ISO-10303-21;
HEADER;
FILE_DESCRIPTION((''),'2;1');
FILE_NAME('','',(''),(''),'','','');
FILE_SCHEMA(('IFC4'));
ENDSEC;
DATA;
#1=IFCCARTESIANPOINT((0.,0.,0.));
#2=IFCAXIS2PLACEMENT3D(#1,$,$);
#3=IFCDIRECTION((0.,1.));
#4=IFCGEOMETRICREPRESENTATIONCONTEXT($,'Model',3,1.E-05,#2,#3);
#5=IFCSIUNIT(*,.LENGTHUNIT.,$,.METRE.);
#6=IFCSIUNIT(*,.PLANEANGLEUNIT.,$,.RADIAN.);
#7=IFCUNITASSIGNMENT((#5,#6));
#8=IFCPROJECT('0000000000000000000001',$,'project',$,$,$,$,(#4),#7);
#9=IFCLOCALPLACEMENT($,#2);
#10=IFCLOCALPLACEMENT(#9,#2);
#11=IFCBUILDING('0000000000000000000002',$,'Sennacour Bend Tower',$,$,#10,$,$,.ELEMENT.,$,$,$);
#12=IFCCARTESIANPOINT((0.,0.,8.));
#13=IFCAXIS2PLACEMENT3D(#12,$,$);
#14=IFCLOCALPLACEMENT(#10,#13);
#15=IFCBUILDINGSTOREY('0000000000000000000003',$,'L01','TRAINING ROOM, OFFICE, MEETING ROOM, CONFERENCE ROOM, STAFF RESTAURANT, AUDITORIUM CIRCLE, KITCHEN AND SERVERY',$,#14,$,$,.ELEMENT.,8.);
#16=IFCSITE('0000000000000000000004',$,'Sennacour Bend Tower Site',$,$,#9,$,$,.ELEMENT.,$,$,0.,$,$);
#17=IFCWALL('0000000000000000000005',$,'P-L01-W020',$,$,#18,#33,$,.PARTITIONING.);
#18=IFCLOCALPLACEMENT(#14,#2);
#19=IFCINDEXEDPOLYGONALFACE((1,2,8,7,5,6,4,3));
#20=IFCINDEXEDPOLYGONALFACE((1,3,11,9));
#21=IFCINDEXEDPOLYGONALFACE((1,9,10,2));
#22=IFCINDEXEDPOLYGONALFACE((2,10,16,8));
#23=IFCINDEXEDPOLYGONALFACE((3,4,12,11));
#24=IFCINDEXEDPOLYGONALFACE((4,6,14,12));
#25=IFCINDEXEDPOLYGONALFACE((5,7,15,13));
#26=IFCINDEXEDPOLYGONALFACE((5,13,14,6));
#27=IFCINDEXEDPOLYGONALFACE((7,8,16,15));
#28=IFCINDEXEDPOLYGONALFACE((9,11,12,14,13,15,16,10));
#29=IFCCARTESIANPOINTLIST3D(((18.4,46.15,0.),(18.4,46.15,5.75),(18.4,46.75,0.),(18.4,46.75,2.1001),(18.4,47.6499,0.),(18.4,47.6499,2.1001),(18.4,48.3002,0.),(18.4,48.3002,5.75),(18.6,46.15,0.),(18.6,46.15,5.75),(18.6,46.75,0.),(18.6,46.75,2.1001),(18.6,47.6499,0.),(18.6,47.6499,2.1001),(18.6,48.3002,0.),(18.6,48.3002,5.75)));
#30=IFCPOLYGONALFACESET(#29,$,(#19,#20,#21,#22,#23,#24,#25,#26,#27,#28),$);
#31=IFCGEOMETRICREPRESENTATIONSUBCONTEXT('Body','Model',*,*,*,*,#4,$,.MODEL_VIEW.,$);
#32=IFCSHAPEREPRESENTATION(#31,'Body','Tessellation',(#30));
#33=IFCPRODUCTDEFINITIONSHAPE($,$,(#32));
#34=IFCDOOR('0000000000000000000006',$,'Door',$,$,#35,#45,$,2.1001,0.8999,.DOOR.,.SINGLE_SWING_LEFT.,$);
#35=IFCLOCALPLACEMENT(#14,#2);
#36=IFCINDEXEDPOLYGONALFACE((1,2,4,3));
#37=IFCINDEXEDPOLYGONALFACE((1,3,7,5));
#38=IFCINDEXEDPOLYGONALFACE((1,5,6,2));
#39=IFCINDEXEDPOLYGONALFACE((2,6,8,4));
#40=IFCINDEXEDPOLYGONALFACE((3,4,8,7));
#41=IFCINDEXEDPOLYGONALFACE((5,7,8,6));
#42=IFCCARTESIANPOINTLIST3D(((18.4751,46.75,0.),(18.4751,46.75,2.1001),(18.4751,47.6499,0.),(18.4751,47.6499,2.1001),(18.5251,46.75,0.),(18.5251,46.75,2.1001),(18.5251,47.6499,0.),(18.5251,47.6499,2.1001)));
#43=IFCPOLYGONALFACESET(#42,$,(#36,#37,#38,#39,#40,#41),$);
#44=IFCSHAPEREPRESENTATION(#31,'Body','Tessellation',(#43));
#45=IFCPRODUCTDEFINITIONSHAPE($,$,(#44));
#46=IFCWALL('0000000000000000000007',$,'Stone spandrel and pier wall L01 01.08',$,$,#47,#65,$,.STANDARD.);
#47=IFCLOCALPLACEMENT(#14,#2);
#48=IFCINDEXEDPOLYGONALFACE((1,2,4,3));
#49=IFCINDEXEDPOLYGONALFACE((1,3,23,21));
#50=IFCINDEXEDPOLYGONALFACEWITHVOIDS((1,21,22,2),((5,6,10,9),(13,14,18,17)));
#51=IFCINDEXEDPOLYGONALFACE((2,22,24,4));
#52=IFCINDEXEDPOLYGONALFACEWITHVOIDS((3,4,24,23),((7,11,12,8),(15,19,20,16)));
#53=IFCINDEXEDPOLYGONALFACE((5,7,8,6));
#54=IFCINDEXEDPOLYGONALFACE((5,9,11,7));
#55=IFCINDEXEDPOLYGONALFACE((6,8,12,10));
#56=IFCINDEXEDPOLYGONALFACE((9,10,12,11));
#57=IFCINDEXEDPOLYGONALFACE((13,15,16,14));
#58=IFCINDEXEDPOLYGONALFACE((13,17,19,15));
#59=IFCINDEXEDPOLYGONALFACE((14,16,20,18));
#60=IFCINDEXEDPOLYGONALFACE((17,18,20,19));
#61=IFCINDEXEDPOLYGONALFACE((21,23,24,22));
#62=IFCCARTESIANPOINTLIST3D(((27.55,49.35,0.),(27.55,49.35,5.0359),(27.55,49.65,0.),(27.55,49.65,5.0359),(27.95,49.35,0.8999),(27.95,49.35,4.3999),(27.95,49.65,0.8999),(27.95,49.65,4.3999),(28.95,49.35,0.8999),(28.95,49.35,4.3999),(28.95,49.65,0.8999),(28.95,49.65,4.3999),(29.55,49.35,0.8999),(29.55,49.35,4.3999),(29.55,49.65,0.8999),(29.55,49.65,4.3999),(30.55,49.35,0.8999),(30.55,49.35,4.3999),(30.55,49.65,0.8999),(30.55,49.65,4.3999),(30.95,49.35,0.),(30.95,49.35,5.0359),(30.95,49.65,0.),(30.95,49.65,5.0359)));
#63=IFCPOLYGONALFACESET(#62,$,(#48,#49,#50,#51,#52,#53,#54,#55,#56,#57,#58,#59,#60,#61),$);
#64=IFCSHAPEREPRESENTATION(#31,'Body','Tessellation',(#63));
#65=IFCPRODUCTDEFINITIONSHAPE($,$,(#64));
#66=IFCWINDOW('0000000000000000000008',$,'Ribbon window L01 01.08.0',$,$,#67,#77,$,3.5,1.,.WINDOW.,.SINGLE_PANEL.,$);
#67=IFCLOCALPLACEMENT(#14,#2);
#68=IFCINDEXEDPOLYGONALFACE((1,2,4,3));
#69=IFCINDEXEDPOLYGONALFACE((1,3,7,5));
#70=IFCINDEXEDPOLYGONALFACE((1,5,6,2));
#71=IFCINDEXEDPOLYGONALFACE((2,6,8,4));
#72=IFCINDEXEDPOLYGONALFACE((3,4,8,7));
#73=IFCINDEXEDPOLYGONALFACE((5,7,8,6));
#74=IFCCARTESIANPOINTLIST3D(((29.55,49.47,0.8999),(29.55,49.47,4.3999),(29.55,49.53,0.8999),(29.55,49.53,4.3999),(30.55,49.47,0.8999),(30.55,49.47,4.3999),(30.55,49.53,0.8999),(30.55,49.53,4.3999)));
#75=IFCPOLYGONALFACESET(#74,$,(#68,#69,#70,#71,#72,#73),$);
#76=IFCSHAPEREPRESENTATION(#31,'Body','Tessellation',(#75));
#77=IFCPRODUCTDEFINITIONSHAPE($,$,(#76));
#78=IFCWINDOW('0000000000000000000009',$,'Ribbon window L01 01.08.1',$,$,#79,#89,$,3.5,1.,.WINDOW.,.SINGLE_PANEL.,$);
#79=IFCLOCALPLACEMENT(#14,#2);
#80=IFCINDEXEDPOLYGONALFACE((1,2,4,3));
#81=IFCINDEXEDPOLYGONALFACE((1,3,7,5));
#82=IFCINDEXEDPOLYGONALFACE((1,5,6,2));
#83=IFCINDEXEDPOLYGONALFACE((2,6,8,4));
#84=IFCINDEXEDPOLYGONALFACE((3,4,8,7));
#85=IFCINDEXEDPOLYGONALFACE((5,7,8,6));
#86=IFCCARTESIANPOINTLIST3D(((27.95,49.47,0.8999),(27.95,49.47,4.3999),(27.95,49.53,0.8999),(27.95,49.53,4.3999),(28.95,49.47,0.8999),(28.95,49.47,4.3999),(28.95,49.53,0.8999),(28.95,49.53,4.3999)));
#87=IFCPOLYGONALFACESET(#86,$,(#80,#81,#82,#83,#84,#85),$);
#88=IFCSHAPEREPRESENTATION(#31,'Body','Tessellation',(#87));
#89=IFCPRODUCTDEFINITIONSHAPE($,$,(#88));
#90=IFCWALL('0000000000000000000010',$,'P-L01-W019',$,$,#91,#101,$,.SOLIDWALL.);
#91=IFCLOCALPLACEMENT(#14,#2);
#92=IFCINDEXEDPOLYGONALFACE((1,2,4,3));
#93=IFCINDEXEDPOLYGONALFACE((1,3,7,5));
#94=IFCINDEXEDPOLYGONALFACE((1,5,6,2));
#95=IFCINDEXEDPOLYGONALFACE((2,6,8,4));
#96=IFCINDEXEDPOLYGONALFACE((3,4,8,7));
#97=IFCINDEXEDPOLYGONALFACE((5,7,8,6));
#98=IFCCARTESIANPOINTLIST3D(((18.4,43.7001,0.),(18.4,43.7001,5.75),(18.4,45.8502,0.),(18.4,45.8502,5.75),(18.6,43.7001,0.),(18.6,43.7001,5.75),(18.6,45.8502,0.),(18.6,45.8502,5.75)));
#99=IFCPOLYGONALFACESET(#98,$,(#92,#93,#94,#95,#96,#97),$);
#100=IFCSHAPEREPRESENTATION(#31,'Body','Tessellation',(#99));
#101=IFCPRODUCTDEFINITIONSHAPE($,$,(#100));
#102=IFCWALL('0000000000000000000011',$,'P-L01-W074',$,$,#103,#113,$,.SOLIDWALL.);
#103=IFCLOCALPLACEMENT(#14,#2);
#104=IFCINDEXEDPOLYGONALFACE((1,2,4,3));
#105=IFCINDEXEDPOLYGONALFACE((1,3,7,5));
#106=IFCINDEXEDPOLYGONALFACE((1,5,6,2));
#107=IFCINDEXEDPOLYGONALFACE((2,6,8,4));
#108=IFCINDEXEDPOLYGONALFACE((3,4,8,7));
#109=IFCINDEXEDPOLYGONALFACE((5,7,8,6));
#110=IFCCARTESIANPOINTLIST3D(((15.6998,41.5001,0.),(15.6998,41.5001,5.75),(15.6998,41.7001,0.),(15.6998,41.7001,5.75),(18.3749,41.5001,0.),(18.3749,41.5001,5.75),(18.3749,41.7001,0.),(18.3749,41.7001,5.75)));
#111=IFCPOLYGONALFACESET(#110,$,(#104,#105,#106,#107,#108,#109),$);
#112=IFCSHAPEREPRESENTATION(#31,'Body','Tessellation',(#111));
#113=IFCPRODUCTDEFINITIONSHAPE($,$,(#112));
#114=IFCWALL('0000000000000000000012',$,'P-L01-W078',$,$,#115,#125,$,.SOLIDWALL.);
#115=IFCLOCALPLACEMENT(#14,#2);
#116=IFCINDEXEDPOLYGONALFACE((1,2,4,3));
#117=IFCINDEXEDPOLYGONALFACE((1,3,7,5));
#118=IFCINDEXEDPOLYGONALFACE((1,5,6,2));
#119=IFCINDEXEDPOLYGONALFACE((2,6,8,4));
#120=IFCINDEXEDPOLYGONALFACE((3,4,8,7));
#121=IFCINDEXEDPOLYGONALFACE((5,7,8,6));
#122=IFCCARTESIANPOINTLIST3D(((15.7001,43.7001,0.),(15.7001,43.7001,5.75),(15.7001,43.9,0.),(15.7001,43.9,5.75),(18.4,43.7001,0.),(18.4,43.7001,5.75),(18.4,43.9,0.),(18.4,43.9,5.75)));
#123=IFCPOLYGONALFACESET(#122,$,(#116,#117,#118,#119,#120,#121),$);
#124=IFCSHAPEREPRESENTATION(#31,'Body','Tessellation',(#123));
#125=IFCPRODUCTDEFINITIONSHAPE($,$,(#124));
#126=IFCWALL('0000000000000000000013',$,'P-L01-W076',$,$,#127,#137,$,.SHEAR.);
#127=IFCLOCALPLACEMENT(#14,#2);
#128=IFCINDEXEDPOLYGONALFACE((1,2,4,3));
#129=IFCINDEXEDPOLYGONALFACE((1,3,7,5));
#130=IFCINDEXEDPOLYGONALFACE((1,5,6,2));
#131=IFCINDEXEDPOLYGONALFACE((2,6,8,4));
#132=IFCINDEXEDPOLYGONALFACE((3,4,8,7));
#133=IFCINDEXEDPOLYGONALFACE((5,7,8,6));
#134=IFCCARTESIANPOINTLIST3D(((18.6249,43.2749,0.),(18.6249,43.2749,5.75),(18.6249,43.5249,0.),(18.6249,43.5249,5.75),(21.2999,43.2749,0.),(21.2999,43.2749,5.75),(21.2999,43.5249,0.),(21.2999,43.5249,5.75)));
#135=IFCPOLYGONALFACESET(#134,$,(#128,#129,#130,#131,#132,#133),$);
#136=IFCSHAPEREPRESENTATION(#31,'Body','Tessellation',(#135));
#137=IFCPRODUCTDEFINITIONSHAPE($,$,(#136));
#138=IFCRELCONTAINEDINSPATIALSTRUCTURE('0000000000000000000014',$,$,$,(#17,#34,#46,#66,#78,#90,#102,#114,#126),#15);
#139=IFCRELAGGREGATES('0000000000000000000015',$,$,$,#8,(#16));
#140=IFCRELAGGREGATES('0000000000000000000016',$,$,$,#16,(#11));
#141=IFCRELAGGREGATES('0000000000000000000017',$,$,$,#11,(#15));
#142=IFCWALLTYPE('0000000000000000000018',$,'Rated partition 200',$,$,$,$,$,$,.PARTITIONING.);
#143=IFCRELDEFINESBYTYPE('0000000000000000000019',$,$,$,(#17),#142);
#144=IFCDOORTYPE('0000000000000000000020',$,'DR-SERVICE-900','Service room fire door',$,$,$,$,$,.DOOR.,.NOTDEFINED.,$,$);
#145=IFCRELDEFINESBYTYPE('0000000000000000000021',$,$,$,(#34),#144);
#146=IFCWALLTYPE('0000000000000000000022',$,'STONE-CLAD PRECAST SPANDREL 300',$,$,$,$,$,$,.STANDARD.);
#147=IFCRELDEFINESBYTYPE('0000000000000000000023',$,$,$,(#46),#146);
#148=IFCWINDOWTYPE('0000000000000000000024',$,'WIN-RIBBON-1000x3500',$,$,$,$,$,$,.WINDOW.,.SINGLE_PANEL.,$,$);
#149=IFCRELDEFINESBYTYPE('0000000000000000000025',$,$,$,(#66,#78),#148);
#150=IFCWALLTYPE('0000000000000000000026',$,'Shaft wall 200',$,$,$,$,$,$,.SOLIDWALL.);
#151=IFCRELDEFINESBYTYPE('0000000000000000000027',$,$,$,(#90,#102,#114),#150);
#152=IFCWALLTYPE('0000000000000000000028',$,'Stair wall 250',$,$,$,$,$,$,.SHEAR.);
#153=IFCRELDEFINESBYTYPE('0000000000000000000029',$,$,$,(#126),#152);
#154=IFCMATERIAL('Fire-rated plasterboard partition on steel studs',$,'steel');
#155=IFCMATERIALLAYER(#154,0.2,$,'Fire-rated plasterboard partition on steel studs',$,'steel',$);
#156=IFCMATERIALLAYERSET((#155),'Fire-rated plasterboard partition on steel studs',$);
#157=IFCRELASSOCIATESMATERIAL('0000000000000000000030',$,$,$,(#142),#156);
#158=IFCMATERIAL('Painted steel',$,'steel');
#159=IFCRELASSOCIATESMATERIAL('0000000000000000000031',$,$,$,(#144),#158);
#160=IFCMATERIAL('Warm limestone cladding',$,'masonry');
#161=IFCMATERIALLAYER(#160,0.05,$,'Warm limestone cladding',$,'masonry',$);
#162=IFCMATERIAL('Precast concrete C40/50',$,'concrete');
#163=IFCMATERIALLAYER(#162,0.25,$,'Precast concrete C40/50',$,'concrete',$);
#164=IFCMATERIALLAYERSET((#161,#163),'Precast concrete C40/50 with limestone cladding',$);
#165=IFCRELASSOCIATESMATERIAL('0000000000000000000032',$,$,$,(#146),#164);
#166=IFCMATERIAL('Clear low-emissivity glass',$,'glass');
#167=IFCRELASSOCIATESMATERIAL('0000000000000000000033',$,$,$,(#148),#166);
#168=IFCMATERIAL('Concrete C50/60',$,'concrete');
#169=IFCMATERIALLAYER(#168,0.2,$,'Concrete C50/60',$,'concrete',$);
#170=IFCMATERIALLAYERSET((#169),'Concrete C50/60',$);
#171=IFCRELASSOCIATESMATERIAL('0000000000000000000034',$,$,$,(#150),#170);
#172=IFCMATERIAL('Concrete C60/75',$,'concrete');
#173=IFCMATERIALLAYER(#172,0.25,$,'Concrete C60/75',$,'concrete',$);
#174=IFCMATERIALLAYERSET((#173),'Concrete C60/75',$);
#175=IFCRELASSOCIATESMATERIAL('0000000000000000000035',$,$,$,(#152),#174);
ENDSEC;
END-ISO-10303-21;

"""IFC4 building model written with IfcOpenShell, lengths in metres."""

from ifc_helpers import new_model, si_unit, direction, frame, frame_2d, origin, place, context, subcontext, project, spatial, rectangle, extrude, material, layer, layer_set, type_object, element, fill, save


model = new_model("IFC4")

# Units and contexts
model_context = context("Model", 3, precision=1e-05, world=origin(), true_north=direction((0.0, 1.0)))
body_context = subcontext(model_context, "Body", "Model", "MODEL_VIEW")
ifc_project = project(units=[si_unit("LENGTHUNIT", "METRE"), si_unit("PLANEANGLEUNIT", "RADIAN")], contexts=[model_context])

# Site, building, storey
site_placement = place(None, origin())
site = spatial("IfcSite", under=ifc_project, at=site_placement, Name="Sennacour Bend Tower Site", CompositionType="ELEMENT", RefElevation=0.0)
building_placement = place(site_placement, origin())
building = spatial("IfcBuilding", under=site, at=building_placement, Name="Sennacour Bend Tower", CompositionType="ELEMENT")
storey_placement = place(building_placement, frame((0.0, 0.0, 8.0)))
storey = spatial("IfcBuildingStorey", under=building, at=storey_placement, Name="L01", Description="TRAINING ROOM, OFFICE, MEETING ROOM, CONFERENCE ROOM, STAFF RESTAURANT, AUDITORIUM CIRCLE, KITCHEN AND SERVERY", CompositionType="ELEMENT", Elevation=8.0)

# Shared definitions
ifc_material_1 = material(Name="Clear low-emissivity glass", Category="glass")

# Shared definitions
ifc_material_2 = material(Name="Fire-rated plasterboard partition on steel studs", Category="steel")
ifc_layer_1 = layer(ifc_material_2, 0.2, Name="Fire-rated plasterboard partition on steel studs", Category="steel")
ifc_layer_set_1 = layer_set([ifc_layer_1], Name="Fire-rated plasterboard partition on steel studs")
wall_type_1 = type_object("IfcWallType", Name="Rated partition 200", PredefinedType="PARTITIONING", material=ifc_layer_set_1)

# Wall, opening, door
wall_1_placement = place(storey_placement, frame((18.5, 46.1499, 0.0), z_axis=(0.0, 0.0, 1.0), x_axis=(0.0, 1.0, 0.0)))
wall_1 = element("IfcWall", 1, at=wall_1_placement, inside=storey, type_object=wall_type_1, Name="P-L01-W020", PredefinedType="PARTITIONING", context=body_context, shape_type="SweptSolid", body=[
    extrude(rectangle(XDim=2.1501, YDim=0.2, at=frame_2d((1.0752, 0.0))), origin(), (0.0, 0.0, 1.0), 5.75),
])
opening_1_placement = place(wall_1_placement, frame((0.6001, 0.0, 0.0)))
opening_1 = element("IfcOpeningElement", 2, at=opening_1_placement, cuts=wall_1, PredefinedType="OPENING", context=body_context, shape_type="SweptSolid", body=[
    extrude(rectangle(XDim=0.8999, YDim=2.1001, at=frame_2d((0.45, 1.05))), frame((0.0, 0.1099, 0.0), z_axis=(0.0, -1.0, 0.0), x_axis=(1.0, 0.0, 0.0)), (0.0, 0.0, 1.0), 0.22),
])
ifc_material_3 = material(Name="Painted steel", Category="steel")
door_type = type_object("IfcDoorType", Name="DR-SERVICE-900", Description="Service room fire door", OperationType="NOTDEFINED", PredefinedType="DOOR", material=ifc_material_3)
door_placement = place(opening_1_placement, origin())
door = element("IfcDoor", 3, at=door_placement, inside=storey, type_object=door_type, Name="Door", OperationType="SINGLE_SWING_LEFT", OverallHeight=2.1001, OverallWidth=0.8999, PredefinedType="DOOR", context=body_context, shape_type="SweptSolid", body=[
    extrude(rectangle(XDim=0.8999, YDim=2.1001, at=frame_2d((0.45, 1.05))), frame((0.0, 0.0249, 0.0), z_axis=(0.0, -1.0, 0.0), x_axis=(1.0, 0.0, 0.0)), (0.0, 0.0, 1.0), 0.05),
])
fill(opening_1, door)

# Wall, openings, windows
ifc_material_4 = material(Name="Warm limestone cladding", Category="masonry")
ifc_layer_2 = layer(ifc_material_4, 0.05, Name="Warm limestone cladding", Category="masonry")
ifc_material_5 = material(Name="Precast concrete C40/50", Category="concrete")
ifc_layer_3 = layer(ifc_material_5, 0.25, Name="Precast concrete C40/50", Category="concrete")
ifc_layer_set_2 = layer_set([ifc_layer_2, ifc_layer_3], Name="Precast concrete C40/50 with limestone cladding")
wall_type_2 = type_object("IfcWallType", Name="STONE-CLAD PRECAST SPANDREL 300", PredefinedType="STANDARD", material=ifc_layer_set_2)
wall_2_placement = place(storey_placement, frame((30.95, 49.5, 0.0), z_axis=(0.0, 0.0, 1.0), x_axis=(-1.0, 0.0, 0.0)))
wall_2 = element("IfcWall", 4, at=wall_2_placement, inside=storey, type_object=wall_type_2, Name="Stone spandrel and pier wall L01 01.08", PredefinedType="STANDARD", context=body_context, shape_type="SweptSolid", body=[
    extrude(rectangle(XDim=3.3999, YDim=0.3, at=frame_2d((1.7, 0.0))), origin(), (0.0, 0.0, 1.0), 5.0359),
])
opening_2_placement = place(wall_2_placement, frame((0.3999, 0.0, 0.8999)))
opening_2 = element("IfcOpeningElement", 5, at=opening_2_placement, cuts=wall_2, PredefinedType="OPENING", context=body_context, shape_type="SweptSolid", body=[
    extrude(rectangle(XDim=1.0, YDim=3.5, at=frame_2d((0.5, 1.75))), frame((0.0, 0.1602, 0.0), z_axis=(0.0, -1.0, 0.0), x_axis=(1.0, 0.0, 0.0)), (0.0, 0.0, 1.0), 0.3201),
])
opening_3_placement = place(wall_2_placement, frame((2.0, 0.0, 0.8999)))
opening_3 = element("IfcOpeningElement", 6, at=opening_3_placement, cuts=wall_2, PredefinedType="OPENING", context=body_context, shape_type="SweptSolid", body=[
    extrude(rectangle(XDim=1.0, YDim=3.5, at=frame_2d((0.5, 1.75))), frame((0.0, 0.1602, 0.0), z_axis=(0.0, -1.0, 0.0), x_axis=(1.0, 0.0, 0.0)), (0.0, 0.0, 1.0), 0.3201),
])
window_type = type_object("IfcWindowType", Name="WIN-RIBBON-1000x3500", PartitioningType="SINGLE_PANEL", PredefinedType="WINDOW", material=ifc_material_1)
window_1_placement = place(opening_2_placement, origin())
window_1 = element("IfcWindow", 7, at=window_1_placement, inside=storey, type_object=window_type, Name="Ribbon window L01 01.08.0", OverallHeight=3.5, OverallWidth=1.0, PartitioningType="SINGLE_PANEL", PredefinedType="WINDOW", context=body_context, shape_type="SweptSolid", body=[
    extrude(rectangle(XDim=1.0, YDim=3.5, at=frame_2d((0.5, 1.75))), frame((0.0, 0.03, 0.0), z_axis=(0.0, -1.0, 0.0), x_axis=(1.0, 0.0, 0.0)), (0.0, 0.0, 1.0), 0.0601),
])
fill(opening_2, window_1)
window_2_placement = place(opening_3_placement, origin())
window_2 = element("IfcWindow", 8, at=window_2_placement, inside=storey, type_object=window_type, Name="Ribbon window L01 01.08.1", OverallHeight=3.5, OverallWidth=1.0, PartitioningType="SINGLE_PANEL", PredefinedType="WINDOW", context=body_context, shape_type="SweptSolid", body=[
    extrude(rectangle(XDim=1.0, YDim=3.5, at=frame_2d((0.5, 1.75))), frame((0.0, 0.03, 0.0), z_axis=(0.0, -1.0, 0.0), x_axis=(1.0, 0.0, 0.0)), (0.0, 0.0, 1.0), 0.0601),
])
fill(opening_3, window_2)

# Walls
ifc_material_6 = material(Name="Concrete C50/60", Category="concrete")
ifc_layer_4 = layer(ifc_material_6, 0.2, Name="Concrete C50/60", Category="concrete")
ifc_layer_set_3 = layer_set([ifc_layer_4], Name="Concrete C50/60")
wall_type_3 = type_object("IfcWallType", Name="Shaft wall 200", PredefinedType="SOLIDWALL", material=ifc_layer_set_3)
wall_3_placement = place(storey_placement, frame((18.5, 43.7, 0.0), z_axis=(0.0, 0.0, 1.0), x_axis=(0.0, 1.0, 0.0)))
element("IfcWall", 9, at=wall_3_placement, inside=storey, type_object=wall_type_3, Name="P-L01-W019", PredefinedType="SOLIDWALL", context=body_context, shape_type="SweptSolid", body=[
    extrude(rectangle(XDim=2.1501, YDim=0.2, at=frame_2d((1.0752, 0.0))), origin(), (0.0, 0.0, 1.0), 5.75),
])
wall_4_placement = place(storey_placement, frame((15.7, 41.6001, 0.0), z_axis=(0.0, 0.0, 1.0), x_axis=(1.0, 0.0, 0.0)))
element("IfcWall", 10, at=wall_4_placement, inside=storey, type_object=wall_type_3, Name="P-L01-W074", PredefinedType="SOLIDWALL", context=body_context, shape_type="SweptSolid", body=[
    extrude(rectangle(XDim=2.675, YDim=0.2, at=frame_2d((1.3374, 0.0))), origin(), (0.0, 0.0, 1.0), 5.75),
])
wall_5_placement = place(storey_placement, frame((15.7, 43.8, 0.0), z_axis=(0.0, 0.0, 1.0), x_axis=(1.0, 0.0, 0.0)))
element("IfcWall", 11, at=wall_5_placement, inside=storey, type_object=wall_type_3, Name="P-L01-W078", PredefinedType="SOLIDWALL", context=body_context, shape_type="SweptSolid", body=[
    extrude(rectangle(XDim=2.7, YDim=0.2, at=frame_2d((1.3501, 0.0))), origin(), (0.0, 0.0, 1.0), 5.75),
])
ifc_material_7 = material(Name="Concrete C60/75", Category="concrete")
ifc_layer_5 = layer(ifc_material_7, 0.25, Name="Concrete C60/75", Category="concrete")
ifc_layer_set_4 = layer_set([ifc_layer_5], Name="Concrete C60/75")
wall_type_4 = type_object("IfcWallType", Name="Stair wall 250", PredefinedType="SHEAR", material=ifc_layer_set_4)
wall_6_placement = place(storey_placement, frame((18.625, 43.3999, 0.0), z_axis=(0.0, 0.0, 1.0), x_axis=(1.0, 0.0, 0.0)))
element("IfcWall", 12, at=wall_6_placement, inside=storey, type_object=wall_type_4, Name="P-L01-W076", PredefinedType="SHEAR", context=body_context, shape_type="SweptSolid", body=[
    extrude(rectangle(XDim=2.675, YDim=0.25, at=frame_2d((1.3374, 0.0))), origin(), (0.0, 0.0, 1.0), 5.75),
])

save(model, "model.ifc")
